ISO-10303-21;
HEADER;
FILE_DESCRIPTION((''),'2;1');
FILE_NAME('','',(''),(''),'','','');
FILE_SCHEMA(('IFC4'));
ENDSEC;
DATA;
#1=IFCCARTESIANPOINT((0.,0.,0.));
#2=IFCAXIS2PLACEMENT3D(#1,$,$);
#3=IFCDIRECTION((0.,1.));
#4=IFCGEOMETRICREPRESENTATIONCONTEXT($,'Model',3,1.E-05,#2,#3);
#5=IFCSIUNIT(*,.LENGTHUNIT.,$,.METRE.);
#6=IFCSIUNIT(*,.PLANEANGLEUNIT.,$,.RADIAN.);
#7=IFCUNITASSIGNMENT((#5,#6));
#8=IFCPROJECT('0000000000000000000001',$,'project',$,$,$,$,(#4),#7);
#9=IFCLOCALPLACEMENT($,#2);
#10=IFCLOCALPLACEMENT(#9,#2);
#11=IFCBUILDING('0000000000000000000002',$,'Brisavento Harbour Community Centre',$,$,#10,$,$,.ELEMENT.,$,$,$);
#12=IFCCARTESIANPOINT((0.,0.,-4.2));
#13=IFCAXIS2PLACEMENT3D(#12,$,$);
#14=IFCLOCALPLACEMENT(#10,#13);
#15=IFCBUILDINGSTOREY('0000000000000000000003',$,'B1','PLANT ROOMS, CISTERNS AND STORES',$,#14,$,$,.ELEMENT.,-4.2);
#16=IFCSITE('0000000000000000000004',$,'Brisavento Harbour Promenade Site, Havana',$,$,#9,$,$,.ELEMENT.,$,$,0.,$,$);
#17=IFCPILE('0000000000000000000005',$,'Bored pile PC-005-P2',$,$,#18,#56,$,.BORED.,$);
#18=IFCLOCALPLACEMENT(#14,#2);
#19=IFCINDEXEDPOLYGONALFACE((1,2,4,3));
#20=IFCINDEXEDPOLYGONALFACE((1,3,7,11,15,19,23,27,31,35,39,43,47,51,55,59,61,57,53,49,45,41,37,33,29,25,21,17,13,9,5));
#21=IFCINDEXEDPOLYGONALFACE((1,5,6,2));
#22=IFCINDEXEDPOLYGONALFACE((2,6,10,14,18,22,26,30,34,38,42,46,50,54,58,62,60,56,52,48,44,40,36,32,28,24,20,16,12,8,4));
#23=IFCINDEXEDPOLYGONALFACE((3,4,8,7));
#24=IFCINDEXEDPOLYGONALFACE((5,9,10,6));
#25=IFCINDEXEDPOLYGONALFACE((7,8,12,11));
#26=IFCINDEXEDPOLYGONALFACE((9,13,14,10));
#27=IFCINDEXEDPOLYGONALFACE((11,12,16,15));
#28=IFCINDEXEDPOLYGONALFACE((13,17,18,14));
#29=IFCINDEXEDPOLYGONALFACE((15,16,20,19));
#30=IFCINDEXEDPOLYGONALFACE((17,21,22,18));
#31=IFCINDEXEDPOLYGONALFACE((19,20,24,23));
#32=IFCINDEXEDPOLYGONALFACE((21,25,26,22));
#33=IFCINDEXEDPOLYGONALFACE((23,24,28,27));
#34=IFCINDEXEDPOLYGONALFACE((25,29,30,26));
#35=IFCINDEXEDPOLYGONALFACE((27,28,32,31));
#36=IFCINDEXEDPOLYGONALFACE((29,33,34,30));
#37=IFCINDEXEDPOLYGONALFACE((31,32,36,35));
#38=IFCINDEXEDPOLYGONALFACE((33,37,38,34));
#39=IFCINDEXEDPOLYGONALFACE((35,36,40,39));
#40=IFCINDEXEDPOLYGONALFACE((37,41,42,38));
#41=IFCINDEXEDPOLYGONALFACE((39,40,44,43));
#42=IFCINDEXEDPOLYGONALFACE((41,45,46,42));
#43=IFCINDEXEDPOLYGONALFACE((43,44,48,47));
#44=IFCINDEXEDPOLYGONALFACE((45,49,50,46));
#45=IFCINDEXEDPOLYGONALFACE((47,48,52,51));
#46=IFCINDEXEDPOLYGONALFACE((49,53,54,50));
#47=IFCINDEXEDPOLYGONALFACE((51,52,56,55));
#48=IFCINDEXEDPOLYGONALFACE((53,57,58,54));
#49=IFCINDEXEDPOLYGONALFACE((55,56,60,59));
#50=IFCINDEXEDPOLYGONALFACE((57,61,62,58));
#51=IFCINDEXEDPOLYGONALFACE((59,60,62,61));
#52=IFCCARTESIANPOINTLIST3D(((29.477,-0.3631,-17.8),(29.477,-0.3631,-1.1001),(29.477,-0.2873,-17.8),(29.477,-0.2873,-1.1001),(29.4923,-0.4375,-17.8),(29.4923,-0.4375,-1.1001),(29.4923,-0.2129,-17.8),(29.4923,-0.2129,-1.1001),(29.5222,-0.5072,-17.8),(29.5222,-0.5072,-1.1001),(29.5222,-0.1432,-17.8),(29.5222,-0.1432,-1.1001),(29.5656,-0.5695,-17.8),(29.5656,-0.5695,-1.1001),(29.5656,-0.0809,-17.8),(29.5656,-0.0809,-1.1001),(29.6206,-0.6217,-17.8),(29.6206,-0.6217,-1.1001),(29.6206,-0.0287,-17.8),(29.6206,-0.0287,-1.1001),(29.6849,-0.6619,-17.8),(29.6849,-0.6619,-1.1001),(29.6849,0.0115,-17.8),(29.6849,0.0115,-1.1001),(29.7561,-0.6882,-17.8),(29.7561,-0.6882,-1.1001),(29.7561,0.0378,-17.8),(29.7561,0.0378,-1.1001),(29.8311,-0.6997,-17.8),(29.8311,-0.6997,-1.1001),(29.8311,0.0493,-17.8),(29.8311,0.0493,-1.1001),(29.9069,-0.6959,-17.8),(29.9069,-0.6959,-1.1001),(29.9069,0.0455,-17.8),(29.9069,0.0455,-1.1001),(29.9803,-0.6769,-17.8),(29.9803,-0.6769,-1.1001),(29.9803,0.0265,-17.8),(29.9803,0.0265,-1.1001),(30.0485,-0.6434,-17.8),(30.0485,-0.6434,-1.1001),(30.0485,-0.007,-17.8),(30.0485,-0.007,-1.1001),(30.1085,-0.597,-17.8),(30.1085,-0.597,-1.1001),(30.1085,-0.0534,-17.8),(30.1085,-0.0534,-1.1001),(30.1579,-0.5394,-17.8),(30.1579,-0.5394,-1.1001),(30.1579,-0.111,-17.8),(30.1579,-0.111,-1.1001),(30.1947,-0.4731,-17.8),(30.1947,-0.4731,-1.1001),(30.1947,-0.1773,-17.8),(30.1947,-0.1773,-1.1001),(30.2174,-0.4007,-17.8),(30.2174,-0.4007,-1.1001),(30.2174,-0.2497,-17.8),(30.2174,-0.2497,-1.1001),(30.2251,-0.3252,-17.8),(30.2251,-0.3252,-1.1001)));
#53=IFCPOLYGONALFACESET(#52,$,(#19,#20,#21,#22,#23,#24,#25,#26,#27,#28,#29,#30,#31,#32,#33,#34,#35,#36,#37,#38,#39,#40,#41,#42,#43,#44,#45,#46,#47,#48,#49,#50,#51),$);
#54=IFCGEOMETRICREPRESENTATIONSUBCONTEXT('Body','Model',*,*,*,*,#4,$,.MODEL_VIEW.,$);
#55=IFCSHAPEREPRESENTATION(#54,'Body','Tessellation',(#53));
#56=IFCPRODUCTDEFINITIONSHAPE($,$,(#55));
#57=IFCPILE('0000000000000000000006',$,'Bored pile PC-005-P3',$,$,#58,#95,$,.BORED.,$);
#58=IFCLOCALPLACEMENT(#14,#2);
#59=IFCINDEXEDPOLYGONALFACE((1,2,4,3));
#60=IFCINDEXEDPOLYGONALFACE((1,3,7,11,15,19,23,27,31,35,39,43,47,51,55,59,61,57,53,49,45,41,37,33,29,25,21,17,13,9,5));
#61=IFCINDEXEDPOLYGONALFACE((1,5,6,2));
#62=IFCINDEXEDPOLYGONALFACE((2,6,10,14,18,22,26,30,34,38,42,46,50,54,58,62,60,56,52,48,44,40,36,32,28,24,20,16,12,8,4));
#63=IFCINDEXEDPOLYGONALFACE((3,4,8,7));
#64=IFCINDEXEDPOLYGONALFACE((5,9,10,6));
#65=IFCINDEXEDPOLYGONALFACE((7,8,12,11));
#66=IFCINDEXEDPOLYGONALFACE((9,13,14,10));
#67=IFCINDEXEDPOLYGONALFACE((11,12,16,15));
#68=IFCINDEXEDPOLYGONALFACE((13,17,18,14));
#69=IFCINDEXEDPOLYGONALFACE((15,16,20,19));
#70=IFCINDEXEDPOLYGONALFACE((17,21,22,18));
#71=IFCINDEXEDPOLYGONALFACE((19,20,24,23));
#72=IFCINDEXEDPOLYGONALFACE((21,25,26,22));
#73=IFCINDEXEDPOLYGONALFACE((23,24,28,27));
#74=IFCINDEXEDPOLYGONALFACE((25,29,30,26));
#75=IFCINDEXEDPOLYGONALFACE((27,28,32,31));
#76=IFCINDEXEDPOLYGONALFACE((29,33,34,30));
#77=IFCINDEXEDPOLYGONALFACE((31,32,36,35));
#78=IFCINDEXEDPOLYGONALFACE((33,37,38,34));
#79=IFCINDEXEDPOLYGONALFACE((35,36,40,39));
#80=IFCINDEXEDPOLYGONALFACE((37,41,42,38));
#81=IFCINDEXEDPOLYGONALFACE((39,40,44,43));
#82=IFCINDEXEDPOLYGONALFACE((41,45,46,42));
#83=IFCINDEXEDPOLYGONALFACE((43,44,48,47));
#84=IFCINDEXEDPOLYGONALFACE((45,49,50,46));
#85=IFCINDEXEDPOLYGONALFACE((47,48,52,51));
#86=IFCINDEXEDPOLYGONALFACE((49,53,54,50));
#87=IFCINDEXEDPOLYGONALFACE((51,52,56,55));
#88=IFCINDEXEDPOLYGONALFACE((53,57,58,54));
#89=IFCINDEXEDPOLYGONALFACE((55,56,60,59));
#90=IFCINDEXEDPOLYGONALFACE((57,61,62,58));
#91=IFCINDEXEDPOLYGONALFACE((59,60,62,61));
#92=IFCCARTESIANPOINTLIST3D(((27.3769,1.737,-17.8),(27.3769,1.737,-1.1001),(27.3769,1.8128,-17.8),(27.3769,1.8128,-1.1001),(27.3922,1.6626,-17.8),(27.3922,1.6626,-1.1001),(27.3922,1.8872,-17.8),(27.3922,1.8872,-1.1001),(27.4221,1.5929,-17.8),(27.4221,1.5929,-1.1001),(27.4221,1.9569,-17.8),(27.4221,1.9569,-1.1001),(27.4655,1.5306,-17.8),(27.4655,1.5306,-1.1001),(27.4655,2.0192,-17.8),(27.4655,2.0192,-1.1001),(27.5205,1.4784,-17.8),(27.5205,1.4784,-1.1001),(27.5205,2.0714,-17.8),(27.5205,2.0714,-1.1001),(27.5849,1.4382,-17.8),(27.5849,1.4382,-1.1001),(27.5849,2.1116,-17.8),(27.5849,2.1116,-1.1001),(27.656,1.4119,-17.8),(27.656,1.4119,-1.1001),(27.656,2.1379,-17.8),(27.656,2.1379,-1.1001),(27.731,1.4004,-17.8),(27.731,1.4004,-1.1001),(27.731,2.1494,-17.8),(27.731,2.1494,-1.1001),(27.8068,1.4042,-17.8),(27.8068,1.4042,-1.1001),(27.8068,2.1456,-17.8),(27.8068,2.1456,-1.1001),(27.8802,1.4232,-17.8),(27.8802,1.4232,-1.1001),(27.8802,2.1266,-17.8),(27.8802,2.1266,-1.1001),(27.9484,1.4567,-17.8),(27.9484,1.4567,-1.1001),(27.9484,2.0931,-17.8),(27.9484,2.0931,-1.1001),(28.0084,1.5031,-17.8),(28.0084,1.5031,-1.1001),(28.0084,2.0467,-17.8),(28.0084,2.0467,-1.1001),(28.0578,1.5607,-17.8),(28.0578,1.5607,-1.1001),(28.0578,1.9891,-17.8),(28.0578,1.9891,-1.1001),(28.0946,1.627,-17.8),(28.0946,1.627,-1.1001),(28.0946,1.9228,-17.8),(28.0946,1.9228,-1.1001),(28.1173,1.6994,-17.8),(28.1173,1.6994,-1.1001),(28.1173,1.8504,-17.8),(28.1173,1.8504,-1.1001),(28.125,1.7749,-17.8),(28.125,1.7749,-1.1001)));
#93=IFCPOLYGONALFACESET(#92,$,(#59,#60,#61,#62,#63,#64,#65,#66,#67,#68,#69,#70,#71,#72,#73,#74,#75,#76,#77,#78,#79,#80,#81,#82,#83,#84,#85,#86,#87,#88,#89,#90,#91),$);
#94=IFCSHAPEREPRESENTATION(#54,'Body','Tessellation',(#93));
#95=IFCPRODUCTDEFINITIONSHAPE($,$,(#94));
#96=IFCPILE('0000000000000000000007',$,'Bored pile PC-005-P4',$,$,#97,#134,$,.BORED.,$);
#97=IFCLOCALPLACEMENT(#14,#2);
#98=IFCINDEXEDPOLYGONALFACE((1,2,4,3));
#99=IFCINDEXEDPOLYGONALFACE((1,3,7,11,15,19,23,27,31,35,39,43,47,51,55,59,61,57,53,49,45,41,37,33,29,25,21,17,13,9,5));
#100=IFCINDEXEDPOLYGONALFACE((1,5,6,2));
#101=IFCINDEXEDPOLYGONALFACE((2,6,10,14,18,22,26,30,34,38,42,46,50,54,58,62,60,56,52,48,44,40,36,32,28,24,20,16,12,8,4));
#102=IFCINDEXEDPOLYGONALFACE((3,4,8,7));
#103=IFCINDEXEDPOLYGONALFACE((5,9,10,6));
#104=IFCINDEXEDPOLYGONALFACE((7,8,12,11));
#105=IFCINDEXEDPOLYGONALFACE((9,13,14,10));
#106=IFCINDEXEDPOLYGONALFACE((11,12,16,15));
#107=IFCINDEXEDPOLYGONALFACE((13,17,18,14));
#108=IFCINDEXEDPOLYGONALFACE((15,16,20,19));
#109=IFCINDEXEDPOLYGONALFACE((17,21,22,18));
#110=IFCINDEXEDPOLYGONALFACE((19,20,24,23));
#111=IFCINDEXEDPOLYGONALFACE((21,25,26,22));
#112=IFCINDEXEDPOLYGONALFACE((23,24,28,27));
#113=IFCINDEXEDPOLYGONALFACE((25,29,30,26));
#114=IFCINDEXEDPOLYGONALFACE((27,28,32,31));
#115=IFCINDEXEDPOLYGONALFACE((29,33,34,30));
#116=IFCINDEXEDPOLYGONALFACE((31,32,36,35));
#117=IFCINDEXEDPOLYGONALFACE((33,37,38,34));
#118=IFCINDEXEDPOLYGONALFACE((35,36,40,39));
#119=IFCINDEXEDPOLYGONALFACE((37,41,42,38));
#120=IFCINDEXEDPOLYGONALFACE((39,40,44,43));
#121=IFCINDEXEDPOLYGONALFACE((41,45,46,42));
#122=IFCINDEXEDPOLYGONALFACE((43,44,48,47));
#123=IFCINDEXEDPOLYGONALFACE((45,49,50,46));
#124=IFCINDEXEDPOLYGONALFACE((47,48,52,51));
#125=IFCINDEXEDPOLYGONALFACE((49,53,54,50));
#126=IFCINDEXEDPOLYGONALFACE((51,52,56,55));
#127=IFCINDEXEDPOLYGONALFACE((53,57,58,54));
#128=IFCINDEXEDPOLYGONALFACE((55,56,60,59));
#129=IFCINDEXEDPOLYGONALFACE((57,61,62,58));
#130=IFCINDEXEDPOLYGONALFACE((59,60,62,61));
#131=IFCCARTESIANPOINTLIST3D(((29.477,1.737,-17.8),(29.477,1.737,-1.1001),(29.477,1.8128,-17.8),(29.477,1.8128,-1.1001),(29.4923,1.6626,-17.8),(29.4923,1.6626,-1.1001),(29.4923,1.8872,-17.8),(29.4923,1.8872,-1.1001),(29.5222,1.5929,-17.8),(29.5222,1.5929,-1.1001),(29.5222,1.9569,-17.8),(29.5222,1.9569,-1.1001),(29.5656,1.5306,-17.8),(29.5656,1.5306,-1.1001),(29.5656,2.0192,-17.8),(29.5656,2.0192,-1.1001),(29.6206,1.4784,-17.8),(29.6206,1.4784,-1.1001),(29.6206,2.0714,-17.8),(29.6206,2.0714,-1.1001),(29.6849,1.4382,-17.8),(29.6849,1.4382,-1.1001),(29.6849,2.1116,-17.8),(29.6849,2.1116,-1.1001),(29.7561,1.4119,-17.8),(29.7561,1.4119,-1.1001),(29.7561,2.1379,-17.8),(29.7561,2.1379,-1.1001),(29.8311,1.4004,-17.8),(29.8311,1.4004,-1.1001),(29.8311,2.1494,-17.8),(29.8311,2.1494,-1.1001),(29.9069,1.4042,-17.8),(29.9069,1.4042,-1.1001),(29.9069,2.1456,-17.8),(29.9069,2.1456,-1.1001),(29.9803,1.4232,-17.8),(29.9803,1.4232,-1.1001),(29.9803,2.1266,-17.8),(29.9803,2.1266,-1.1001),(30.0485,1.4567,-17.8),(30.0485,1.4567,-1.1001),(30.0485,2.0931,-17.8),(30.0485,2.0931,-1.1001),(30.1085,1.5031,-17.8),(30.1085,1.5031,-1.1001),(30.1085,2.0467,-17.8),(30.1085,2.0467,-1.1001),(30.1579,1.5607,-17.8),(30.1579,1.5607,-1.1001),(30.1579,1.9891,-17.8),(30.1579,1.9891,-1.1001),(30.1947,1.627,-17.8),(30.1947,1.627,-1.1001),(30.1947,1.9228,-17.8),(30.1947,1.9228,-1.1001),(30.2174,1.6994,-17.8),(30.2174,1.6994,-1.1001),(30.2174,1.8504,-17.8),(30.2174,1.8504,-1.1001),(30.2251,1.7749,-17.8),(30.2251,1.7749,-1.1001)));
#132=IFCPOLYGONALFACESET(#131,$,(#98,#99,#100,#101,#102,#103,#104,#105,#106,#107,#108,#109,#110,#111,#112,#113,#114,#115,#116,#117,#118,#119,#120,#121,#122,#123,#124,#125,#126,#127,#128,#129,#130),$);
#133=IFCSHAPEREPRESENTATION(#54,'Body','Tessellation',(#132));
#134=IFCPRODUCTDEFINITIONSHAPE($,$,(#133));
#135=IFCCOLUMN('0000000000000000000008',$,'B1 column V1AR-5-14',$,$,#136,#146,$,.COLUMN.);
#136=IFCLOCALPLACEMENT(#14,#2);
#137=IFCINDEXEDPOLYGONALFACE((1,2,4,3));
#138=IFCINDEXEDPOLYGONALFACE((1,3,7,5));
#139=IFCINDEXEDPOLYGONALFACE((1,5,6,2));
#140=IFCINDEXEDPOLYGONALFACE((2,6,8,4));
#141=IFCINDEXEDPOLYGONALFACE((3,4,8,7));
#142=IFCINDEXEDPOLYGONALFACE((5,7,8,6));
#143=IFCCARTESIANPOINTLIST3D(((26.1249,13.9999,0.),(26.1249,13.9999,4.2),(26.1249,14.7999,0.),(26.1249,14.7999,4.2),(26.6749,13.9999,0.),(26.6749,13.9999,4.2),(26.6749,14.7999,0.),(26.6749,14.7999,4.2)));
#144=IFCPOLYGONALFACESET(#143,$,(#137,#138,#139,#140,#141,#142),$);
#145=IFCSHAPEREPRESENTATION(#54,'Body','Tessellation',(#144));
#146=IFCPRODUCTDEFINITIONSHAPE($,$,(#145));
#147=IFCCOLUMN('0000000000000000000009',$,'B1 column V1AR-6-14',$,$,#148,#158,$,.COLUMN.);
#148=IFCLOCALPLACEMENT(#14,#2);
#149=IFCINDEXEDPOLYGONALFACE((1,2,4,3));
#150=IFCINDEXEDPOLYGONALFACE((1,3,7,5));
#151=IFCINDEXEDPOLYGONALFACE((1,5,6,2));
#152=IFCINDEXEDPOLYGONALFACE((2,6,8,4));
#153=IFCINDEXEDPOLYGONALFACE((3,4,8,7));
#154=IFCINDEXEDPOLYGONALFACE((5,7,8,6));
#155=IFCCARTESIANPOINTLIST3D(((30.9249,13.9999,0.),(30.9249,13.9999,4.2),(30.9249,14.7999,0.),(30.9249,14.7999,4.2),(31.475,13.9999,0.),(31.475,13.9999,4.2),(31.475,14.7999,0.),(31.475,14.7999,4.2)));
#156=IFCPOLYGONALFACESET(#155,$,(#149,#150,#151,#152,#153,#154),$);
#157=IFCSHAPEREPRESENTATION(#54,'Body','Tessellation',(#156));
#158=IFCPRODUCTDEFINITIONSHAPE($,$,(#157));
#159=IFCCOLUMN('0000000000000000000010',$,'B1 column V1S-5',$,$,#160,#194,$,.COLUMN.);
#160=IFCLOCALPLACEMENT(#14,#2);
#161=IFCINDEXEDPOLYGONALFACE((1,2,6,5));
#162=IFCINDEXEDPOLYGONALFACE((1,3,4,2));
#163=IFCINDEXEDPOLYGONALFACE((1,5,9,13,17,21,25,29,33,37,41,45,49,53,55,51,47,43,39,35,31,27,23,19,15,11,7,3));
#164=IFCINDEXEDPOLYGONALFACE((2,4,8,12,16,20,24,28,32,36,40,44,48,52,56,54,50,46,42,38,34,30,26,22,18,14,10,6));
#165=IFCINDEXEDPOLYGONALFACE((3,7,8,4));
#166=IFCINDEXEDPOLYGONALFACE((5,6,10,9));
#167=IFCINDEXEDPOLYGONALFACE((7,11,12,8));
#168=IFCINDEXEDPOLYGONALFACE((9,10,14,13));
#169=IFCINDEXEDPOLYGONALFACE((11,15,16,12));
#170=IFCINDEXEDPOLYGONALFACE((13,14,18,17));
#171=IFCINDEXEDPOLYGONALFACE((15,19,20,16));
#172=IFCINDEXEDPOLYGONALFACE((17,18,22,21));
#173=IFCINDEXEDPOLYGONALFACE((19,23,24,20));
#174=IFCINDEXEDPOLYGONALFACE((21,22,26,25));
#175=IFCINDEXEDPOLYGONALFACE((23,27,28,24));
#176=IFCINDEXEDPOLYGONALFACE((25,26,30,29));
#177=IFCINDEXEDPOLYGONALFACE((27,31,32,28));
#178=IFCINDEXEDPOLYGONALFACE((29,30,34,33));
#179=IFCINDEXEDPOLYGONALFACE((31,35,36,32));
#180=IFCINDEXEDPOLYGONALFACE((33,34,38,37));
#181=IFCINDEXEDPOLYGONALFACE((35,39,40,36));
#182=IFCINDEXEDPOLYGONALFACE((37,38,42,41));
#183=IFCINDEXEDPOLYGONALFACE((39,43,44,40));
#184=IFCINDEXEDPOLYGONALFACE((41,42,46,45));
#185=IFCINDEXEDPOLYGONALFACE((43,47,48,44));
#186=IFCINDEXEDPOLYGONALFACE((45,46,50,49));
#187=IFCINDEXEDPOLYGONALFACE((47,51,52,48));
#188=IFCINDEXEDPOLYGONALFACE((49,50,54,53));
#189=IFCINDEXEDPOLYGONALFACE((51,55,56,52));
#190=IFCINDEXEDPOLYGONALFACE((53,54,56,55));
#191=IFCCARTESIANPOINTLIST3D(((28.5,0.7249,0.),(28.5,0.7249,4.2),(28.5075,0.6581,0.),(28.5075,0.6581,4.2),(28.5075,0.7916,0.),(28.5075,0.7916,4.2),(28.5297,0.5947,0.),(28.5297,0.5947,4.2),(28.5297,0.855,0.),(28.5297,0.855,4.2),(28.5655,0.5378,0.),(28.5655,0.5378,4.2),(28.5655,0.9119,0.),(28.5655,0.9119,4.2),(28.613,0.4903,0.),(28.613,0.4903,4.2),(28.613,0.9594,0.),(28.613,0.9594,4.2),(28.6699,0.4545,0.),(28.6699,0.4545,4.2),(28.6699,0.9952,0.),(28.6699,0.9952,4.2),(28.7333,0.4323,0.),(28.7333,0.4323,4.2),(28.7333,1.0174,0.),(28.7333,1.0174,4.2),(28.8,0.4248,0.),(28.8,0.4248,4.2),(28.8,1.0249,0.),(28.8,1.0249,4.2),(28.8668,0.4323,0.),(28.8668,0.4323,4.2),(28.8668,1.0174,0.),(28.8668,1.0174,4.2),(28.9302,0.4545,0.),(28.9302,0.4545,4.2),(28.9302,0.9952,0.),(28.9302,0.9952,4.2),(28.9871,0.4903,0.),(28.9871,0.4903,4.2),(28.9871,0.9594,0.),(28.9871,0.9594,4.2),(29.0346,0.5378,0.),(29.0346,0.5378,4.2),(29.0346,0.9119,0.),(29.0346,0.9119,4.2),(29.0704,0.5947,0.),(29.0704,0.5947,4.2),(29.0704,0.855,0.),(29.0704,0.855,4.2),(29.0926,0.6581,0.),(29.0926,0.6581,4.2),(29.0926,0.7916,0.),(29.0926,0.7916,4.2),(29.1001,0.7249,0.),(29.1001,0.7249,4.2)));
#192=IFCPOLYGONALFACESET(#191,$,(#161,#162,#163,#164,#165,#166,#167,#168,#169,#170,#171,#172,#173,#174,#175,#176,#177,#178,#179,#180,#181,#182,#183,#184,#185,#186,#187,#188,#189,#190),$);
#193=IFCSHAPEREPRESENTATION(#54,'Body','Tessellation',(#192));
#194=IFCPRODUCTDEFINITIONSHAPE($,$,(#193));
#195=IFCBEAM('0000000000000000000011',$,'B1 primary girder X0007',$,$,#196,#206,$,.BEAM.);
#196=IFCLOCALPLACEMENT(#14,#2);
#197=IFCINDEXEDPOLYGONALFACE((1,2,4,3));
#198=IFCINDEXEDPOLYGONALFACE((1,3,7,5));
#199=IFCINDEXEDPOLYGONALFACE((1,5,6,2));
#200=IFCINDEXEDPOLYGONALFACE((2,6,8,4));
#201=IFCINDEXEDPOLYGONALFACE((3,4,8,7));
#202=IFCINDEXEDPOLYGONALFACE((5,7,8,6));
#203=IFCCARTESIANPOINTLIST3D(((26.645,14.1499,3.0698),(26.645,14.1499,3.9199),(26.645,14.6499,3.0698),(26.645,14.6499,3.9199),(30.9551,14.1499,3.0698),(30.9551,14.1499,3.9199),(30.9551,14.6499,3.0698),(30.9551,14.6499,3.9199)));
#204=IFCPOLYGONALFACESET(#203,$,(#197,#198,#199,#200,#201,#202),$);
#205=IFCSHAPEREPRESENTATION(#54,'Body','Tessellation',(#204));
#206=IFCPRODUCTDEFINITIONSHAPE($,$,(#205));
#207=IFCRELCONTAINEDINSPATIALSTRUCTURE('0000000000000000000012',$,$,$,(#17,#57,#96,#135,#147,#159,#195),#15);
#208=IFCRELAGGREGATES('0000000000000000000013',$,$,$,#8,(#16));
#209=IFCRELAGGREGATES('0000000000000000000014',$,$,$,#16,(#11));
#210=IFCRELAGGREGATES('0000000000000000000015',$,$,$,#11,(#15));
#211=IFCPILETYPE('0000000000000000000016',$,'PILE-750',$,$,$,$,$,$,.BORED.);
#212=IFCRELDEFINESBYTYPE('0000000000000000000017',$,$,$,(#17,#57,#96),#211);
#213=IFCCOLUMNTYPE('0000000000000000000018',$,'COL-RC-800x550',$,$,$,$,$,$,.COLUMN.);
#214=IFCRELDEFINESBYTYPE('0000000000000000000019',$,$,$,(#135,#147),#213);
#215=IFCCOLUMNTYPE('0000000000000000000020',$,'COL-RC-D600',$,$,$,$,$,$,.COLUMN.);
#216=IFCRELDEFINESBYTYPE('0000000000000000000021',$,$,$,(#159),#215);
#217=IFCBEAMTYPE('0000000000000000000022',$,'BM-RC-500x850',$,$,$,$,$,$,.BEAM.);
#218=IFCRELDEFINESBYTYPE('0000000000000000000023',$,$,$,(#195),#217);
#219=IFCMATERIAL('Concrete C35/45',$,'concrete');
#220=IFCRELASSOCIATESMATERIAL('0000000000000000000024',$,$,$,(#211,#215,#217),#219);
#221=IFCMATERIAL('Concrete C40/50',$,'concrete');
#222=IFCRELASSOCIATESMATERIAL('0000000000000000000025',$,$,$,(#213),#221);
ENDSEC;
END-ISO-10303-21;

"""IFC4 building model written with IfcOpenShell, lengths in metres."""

from ifc_helpers import new_model, si_unit, direction, frame, origin, origin_2d, place, context, subcontext, project, spatial, rectangle, circle, extrude, material, material_profile, profile_set, type_object, element, save


model = new_model("IFC4")

# Units and contexts
model_context = context("Model", 3, precision=1e-05, world=origin(), true_north=direction((0.0, 1.0)))
body_context = subcontext(model_context, "Body", "Model", "MODEL_VIEW")
ifc_project = project(units=[si_unit("LENGTHUNIT", "METRE"), si_unit("PLANEANGLEUNIT", "RADIAN")], contexts=[model_context])

# Site, building, storey
site_placement = place(None, origin())
site = spatial("IfcSite", under=ifc_project, at=site_placement, Name="Brisavento Harbour Promenade Site, Havana", CompositionType="ELEMENT", RefElevation=0.0)
building_placement = place(site_placement, origin())
building = spatial("IfcBuilding", under=site, at=building_placement, Name="Brisavento Harbour Community Centre", CompositionType="ELEMENT")
storey_placement = place(building_placement, frame((0.0, 0.0, -4.2)))
storey = spatial("IfcBuildingStorey", under=building, at=storey_placement, Name="B1", Description="PLANT ROOMS, CISTERNS AND STORES", CompositionType="ELEMENT", Elevation=-4.2)

# Shared definitions
ifc_material_1 = material(Name="Concrete C35/45", Category="concrete")

# Piles
ifc_material_profile_1 = material_profile(ifc_material_1, circle(Radius=0.375, at=origin_2d()), Name="Concrete C35/45")
ifc_profile_set_1 = profile_set([ifc_material_profile_1], Name="Concrete C35/45")
pile_type_1 = type_object("IfcPileType", Name="PILE-750", PredefinedType="BORED", material=ifc_profile_set_1)
for number, where, z_axis, x_axis, name in (
    (1, (29.8501, -0.3252, -1.1001), (0.0, 0.0, -1.0), (1.0, 0.0, 0.0), "Bored pile PC-005-P2"),
    (2, (27.75, 1.7749, -1.1001), (0.0, 0.0, -1.0), (1.0, 0.0, 0.0), "Bored pile PC-005-P3"),
    (3, (29.8501, 1.7749, -1.1001), (0.0, 0.0, -1.0), (1.0, 0.0, 0.0), "Bored pile PC-005-P4"),
):
    element("IfcPile", number, at=place(storey_placement, frame(where, z_axis=z_axis, x_axis=x_axis)), inside=storey, type_object=pile_type_1, Name=name, PredefinedType="BORED", context=body_context, shape_type="SweptSolid", body=[
        extrude(circle(Radius=0.375, at=origin_2d()), origin(), (0.0, 0.0, 1.0), 16.7),
    ])

# Columns
ifc_material_2 = material(Name="Concrete C40/50", Category="concrete")
ifc_material_profile_2 = material_profile(ifc_material_2, rectangle(XDim=0.55, YDim=0.8, at=origin_2d()), Name="Concrete C40/50")
ifc_profile_set_2 = profile_set([ifc_material_profile_2], Name="Concrete C40/50")
column_type_1 = type_object("IfcColumnType", Name="COL-RC-800x550", PredefinedType="COLUMN", material=ifc_profile_set_2)
for number, where, z_axis, x_axis, name in (
    (4, (26.3999, 14.3999, 0.0), (0.0, 0.0, 1.0), (1.0, 0.0, 0.0), "B1 column V1AR-5-14"),
    (5, (31.2, 14.3999, 0.0), (0.0, 0.0, 1.0), (1.0, 0.0, 0.0), "B1 column V1AR-6-14"),
):
    element("IfcColumn", number, at=place(storey_placement, frame(where, z_axis=z_axis, x_axis=x_axis)), inside=storey, type_object=column_type_1, Name=name, PredefinedType="COLUMN", context=body_context, shape_type="SweptSolid", body=[
        extrude(rectangle(XDim=0.55, YDim=0.8, at=origin_2d()), origin(), (0.0, 0.0, 1.0), 4.2),
    ])
ifc_material_profile_3 = material_profile(ifc_material_1, circle(Radius=0.3, at=origin_2d()), Name="Concrete C35/45")
ifc_profile_set_3 = profile_set([ifc_material_profile_3], Name="Concrete C35/45")
column_type_2 = type_object("IfcColumnType", Name="COL-RC-D600", PredefinedType="COLUMN", material=ifc_profile_set_3)
column_placement = place(storey_placement, frame((28.8, 0.7249, 0.0), z_axis=(0.0, 0.0, 1.0), x_axis=(1.0, 0.0, 0.0)))
element("IfcColumn", 6, at=column_placement, inside=storey, type_object=column_type_2, Name="B1 column V1S-5", PredefinedType="COLUMN", context=body_context, shape_type="SweptSolid", body=[
    extrude(circle(Radius=0.3, at=origin_2d()), origin(), (0.0, 0.0, 1.0), 4.2),
])

# Beam
ifc_material_profile_4 = material_profile(ifc_material_1, rectangle(XDim=0.5, YDim=0.8501, at=origin_2d()), Name="Concrete C35/45")
ifc_profile_set_4 = profile_set([ifc_material_profile_4], Name="Concrete C35/45")
beam_type_1 = type_object("IfcBeamType", Name="BM-RC-500x850", PredefinedType="BEAM", material=ifc_profile_set_4)
beam_1_placement = place(storey_placement, frame((26.645, 14.3999, 3.4949), z_axis=(1.0, 0.0, 0.0), x_axis=(0.0, 1.0, 0.0)))
element("IfcBeam", 7, at=beam_1_placement, inside=storey, type_object=beam_type_1, Name="B1 primary girder X0007", PredefinedType="BEAM", context=body_context, shape_type="SweptSolid", body=[
    extrude(rectangle(XDim=0.5, YDim=0.8501, at=origin_2d()), origin(), (0.0, 0.0, 1.0), 4.3101),
])

save(model, "model.ifc")
